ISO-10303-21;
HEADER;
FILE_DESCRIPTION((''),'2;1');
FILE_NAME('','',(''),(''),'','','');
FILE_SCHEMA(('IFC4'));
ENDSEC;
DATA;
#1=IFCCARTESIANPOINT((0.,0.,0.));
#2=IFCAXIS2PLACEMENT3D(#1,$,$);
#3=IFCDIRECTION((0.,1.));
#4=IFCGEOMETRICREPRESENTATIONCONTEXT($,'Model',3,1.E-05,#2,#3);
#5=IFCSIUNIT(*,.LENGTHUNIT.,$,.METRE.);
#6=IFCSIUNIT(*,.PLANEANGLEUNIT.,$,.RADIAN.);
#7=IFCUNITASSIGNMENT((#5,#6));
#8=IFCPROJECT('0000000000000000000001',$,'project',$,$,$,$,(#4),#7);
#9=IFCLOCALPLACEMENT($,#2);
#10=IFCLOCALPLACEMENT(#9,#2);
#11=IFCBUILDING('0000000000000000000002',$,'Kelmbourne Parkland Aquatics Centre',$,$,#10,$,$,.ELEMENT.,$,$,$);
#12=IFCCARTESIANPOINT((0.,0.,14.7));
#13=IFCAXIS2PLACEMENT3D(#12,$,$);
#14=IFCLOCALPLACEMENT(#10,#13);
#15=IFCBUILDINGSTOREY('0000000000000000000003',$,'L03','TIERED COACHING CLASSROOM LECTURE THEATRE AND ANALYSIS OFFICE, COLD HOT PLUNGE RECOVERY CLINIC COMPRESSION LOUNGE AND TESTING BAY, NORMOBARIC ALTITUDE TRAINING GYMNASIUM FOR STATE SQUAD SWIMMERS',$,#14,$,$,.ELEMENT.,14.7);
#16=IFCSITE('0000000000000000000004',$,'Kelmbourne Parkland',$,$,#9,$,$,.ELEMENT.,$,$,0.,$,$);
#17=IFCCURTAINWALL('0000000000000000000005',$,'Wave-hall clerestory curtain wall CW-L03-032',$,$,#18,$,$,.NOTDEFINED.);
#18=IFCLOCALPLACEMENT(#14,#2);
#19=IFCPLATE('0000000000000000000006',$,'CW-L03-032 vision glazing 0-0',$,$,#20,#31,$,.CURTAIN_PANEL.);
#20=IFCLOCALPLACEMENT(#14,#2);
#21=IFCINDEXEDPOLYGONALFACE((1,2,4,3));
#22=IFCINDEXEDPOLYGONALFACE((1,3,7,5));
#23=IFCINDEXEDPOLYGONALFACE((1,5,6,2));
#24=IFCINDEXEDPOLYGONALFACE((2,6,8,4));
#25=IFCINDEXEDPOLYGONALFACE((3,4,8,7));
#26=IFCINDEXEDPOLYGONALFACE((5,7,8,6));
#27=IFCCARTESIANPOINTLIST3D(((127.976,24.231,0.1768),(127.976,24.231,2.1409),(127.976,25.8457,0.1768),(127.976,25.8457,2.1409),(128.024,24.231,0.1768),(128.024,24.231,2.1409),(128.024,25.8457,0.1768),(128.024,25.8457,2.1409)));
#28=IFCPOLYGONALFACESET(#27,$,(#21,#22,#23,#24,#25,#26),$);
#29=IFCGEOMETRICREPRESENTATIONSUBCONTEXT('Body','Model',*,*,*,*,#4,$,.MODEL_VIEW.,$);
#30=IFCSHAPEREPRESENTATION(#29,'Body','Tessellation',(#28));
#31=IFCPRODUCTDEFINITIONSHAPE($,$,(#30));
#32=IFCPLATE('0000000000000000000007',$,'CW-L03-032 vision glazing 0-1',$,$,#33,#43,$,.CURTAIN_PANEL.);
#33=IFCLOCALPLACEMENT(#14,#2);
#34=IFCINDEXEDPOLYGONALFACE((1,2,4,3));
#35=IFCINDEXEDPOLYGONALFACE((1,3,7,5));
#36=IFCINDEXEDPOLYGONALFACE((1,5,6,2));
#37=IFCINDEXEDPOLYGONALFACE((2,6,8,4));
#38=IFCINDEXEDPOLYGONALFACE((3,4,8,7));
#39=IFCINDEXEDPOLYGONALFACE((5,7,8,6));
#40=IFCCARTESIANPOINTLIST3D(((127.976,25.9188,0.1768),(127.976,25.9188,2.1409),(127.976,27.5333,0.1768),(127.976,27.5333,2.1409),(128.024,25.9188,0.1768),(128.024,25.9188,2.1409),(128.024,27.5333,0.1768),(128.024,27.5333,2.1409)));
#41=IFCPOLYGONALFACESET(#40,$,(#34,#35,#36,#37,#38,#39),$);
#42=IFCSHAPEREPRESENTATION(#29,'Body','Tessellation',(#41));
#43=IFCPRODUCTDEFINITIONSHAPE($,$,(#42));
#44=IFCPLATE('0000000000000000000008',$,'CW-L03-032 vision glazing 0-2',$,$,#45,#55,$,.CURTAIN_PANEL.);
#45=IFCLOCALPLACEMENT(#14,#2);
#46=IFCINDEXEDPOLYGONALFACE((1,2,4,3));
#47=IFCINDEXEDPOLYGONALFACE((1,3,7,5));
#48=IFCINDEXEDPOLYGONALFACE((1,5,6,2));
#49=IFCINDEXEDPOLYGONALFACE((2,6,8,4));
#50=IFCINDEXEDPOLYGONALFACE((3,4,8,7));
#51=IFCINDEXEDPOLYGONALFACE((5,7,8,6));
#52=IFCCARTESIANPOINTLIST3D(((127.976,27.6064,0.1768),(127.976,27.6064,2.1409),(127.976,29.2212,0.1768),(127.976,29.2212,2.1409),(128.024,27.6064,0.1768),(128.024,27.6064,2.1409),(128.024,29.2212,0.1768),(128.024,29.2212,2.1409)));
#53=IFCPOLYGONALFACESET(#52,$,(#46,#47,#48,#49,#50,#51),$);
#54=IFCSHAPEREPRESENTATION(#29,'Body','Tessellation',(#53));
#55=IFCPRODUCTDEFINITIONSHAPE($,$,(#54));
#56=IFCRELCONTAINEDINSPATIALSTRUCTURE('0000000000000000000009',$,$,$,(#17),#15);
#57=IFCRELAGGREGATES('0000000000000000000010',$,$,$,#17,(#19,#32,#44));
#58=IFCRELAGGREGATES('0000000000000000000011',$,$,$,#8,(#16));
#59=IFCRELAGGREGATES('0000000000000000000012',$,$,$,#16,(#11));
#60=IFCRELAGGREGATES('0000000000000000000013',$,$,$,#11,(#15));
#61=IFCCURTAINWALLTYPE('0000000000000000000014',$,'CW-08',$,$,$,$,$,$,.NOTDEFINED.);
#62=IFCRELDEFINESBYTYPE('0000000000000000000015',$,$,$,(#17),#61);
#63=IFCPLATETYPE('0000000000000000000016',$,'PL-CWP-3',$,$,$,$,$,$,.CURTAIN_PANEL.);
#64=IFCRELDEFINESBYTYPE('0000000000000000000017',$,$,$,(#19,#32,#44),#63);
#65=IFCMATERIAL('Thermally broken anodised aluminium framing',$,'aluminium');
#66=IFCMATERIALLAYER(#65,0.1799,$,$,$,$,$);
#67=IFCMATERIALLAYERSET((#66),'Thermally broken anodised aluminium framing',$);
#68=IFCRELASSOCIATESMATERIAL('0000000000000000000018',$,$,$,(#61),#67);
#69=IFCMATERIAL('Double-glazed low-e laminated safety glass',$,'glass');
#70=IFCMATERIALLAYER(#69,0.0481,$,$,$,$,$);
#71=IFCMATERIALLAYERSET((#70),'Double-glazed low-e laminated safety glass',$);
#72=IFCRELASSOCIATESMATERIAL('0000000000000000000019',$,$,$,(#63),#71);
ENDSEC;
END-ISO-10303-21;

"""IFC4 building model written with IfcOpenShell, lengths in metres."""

from ifc_helpers import new_model, si_unit, direction, frame, origin, origin_2d, place, context, subcontext, project, spatial, rectangle, extrude, material, layer, layer_set, type_object, element, aggregate, save


model = new_model("IFC4")

# Units and contexts
model_context = context("Model", 3, precision=1e-05, world=origin(), true_north=direction((0.0, 1.0)))
body_context = subcontext(model_context, "Body", "Model", "MODEL_VIEW")
ifc_project = project(units=[si_unit("LENGTHUNIT", "METRE"), si_unit("PLANEANGLEUNIT", "RADIAN")], contexts=[model_context])

# Site, building, storey
site_placement = place(None, origin())
site = spatial("IfcSite", under=ifc_project, at=site_placement, Name="Kelmbourne Parkland", CompositionType="ELEMENT", RefElevation=0.0)
building_placement = place(site_placement, origin())
building = spatial("IfcBuilding", under=site, at=building_placement, Name="Kelmbourne Parkland Aquatics Centre", CompositionType="ELEMENT")
storey_placement = place(building_placement, frame((0.0, 0.0, 14.7)))
storey = spatial("IfcBuildingStorey", under=building, at=storey_placement, Name="L03", Description="TIERED COACHING CLASSROOM LECTURE THEATRE AND ANALYSIS OFFICE, COLD HOT PLUNGE RECOVERY CLINIC COMPRESSION LOUNGE AND TESTING BAY, NORMOBARIC ALTITUDE TRAINING GYMNASIUM FOR STATE SQUAD SWIMMERS", CompositionType="ELEMENT", Elevation=14.7)

# Curtain wall
ifc_material_1 = material(Name="Thermally broken anodised aluminium framing", Category="aluminium")
ifc_layer_1 = layer(ifc_material_1, 0.1799)
ifc_layer_set_1 = layer_set([ifc_layer_1], Name="Thermally broken anodised aluminium framing")
curtain_wall_type_1 = type_object("IfcCurtainWallType", Name="CW-08", PredefinedType="NOTDEFINED", material=ifc_layer_set_1)
curtain_wall_1_placement = place(storey_placement, origin())
curtain_wall_1 = element("IfcCurtainWall", 1, at=curtain_wall_1_placement, inside=storey, type_object=curtain_wall_type_1, Name="Wave-hall clerestory curtain wall CW-L03-032", PredefinedType="NOTDEFINED")

# Plates
ifc_material_2 = material(Name="Double-glazed low-e laminated safety glass", Category="glass")
ifc_layer_2 = layer(ifc_material_2, 0.0481)
ifc_layer_set_2 = layer_set([ifc_layer_2], Name="Double-glazed low-e laminated safety glass")
plate_type_1 = type_object("IfcPlateType", Name="PL-CWP-3", PredefinedType="CURTAIN_PANEL", material=ifc_layer_set_2)
plate_1_placement = place(storey_placement, frame((128.0, 25.0383, 0.1768), z_axis=(0.0, 0.0, 1.0), x_axis=(0.0, 1.0, 0.0)))
plate_1 = element("IfcPlate", 2, at=plate_1_placement, type_object=plate_type_1, Name="CW-L03-032 vision glazing 0-0", PredefinedType="CURTAIN_PANEL", context=body_context, shape_type="SweptSolid", body=[
    extrude(rectangle(XDim=1.6147, YDim=0.0481, at=origin_2d()), origin(), (0.0, 0.0, 1.0), 1.9641),
])
plate_2_placement = place(storey_placement, frame((128.0, 26.7261, 0.1768), z_axis=(0.0, 0.0, 1.0), x_axis=(0.0, 1.0, 0.0)))
plate_2 = element("IfcPlate", 3, at=plate_2_placement, type_object=plate_type_1, Name="CW-L03-032 vision glazing 0-1", PredefinedType="CURTAIN_PANEL", context=body_context, shape_type="SweptSolid", body=[
    extrude(rectangle(XDim=1.6145, YDim=0.0481, at=origin_2d()), origin(), (0.0, 0.0, 1.0), 1.9641),
])
plate_3_placement = place(storey_placement, frame((128.0, 28.4138, 0.1768), z_axis=(0.0, 0.0, 1.0), x_axis=(0.0, 1.0, 0.0)))
plate_3 = element("IfcPlate", 4, at=plate_3_placement, type_object=plate_type_1, Name="CW-L03-032 vision glazing 0-2", PredefinedType="CURTAIN_PANEL", context=body_context, shape_type="SweptSolid", body=[
    extrude(rectangle(XDim=1.6147, YDim=0.0481, at=origin_2d()), origin(), (0.0, 0.0, 1.0), 1.9641),
])
aggregate(curtain_wall_1, [plate_1, plate_2, plate_3])

save(model, "model.ifc")
